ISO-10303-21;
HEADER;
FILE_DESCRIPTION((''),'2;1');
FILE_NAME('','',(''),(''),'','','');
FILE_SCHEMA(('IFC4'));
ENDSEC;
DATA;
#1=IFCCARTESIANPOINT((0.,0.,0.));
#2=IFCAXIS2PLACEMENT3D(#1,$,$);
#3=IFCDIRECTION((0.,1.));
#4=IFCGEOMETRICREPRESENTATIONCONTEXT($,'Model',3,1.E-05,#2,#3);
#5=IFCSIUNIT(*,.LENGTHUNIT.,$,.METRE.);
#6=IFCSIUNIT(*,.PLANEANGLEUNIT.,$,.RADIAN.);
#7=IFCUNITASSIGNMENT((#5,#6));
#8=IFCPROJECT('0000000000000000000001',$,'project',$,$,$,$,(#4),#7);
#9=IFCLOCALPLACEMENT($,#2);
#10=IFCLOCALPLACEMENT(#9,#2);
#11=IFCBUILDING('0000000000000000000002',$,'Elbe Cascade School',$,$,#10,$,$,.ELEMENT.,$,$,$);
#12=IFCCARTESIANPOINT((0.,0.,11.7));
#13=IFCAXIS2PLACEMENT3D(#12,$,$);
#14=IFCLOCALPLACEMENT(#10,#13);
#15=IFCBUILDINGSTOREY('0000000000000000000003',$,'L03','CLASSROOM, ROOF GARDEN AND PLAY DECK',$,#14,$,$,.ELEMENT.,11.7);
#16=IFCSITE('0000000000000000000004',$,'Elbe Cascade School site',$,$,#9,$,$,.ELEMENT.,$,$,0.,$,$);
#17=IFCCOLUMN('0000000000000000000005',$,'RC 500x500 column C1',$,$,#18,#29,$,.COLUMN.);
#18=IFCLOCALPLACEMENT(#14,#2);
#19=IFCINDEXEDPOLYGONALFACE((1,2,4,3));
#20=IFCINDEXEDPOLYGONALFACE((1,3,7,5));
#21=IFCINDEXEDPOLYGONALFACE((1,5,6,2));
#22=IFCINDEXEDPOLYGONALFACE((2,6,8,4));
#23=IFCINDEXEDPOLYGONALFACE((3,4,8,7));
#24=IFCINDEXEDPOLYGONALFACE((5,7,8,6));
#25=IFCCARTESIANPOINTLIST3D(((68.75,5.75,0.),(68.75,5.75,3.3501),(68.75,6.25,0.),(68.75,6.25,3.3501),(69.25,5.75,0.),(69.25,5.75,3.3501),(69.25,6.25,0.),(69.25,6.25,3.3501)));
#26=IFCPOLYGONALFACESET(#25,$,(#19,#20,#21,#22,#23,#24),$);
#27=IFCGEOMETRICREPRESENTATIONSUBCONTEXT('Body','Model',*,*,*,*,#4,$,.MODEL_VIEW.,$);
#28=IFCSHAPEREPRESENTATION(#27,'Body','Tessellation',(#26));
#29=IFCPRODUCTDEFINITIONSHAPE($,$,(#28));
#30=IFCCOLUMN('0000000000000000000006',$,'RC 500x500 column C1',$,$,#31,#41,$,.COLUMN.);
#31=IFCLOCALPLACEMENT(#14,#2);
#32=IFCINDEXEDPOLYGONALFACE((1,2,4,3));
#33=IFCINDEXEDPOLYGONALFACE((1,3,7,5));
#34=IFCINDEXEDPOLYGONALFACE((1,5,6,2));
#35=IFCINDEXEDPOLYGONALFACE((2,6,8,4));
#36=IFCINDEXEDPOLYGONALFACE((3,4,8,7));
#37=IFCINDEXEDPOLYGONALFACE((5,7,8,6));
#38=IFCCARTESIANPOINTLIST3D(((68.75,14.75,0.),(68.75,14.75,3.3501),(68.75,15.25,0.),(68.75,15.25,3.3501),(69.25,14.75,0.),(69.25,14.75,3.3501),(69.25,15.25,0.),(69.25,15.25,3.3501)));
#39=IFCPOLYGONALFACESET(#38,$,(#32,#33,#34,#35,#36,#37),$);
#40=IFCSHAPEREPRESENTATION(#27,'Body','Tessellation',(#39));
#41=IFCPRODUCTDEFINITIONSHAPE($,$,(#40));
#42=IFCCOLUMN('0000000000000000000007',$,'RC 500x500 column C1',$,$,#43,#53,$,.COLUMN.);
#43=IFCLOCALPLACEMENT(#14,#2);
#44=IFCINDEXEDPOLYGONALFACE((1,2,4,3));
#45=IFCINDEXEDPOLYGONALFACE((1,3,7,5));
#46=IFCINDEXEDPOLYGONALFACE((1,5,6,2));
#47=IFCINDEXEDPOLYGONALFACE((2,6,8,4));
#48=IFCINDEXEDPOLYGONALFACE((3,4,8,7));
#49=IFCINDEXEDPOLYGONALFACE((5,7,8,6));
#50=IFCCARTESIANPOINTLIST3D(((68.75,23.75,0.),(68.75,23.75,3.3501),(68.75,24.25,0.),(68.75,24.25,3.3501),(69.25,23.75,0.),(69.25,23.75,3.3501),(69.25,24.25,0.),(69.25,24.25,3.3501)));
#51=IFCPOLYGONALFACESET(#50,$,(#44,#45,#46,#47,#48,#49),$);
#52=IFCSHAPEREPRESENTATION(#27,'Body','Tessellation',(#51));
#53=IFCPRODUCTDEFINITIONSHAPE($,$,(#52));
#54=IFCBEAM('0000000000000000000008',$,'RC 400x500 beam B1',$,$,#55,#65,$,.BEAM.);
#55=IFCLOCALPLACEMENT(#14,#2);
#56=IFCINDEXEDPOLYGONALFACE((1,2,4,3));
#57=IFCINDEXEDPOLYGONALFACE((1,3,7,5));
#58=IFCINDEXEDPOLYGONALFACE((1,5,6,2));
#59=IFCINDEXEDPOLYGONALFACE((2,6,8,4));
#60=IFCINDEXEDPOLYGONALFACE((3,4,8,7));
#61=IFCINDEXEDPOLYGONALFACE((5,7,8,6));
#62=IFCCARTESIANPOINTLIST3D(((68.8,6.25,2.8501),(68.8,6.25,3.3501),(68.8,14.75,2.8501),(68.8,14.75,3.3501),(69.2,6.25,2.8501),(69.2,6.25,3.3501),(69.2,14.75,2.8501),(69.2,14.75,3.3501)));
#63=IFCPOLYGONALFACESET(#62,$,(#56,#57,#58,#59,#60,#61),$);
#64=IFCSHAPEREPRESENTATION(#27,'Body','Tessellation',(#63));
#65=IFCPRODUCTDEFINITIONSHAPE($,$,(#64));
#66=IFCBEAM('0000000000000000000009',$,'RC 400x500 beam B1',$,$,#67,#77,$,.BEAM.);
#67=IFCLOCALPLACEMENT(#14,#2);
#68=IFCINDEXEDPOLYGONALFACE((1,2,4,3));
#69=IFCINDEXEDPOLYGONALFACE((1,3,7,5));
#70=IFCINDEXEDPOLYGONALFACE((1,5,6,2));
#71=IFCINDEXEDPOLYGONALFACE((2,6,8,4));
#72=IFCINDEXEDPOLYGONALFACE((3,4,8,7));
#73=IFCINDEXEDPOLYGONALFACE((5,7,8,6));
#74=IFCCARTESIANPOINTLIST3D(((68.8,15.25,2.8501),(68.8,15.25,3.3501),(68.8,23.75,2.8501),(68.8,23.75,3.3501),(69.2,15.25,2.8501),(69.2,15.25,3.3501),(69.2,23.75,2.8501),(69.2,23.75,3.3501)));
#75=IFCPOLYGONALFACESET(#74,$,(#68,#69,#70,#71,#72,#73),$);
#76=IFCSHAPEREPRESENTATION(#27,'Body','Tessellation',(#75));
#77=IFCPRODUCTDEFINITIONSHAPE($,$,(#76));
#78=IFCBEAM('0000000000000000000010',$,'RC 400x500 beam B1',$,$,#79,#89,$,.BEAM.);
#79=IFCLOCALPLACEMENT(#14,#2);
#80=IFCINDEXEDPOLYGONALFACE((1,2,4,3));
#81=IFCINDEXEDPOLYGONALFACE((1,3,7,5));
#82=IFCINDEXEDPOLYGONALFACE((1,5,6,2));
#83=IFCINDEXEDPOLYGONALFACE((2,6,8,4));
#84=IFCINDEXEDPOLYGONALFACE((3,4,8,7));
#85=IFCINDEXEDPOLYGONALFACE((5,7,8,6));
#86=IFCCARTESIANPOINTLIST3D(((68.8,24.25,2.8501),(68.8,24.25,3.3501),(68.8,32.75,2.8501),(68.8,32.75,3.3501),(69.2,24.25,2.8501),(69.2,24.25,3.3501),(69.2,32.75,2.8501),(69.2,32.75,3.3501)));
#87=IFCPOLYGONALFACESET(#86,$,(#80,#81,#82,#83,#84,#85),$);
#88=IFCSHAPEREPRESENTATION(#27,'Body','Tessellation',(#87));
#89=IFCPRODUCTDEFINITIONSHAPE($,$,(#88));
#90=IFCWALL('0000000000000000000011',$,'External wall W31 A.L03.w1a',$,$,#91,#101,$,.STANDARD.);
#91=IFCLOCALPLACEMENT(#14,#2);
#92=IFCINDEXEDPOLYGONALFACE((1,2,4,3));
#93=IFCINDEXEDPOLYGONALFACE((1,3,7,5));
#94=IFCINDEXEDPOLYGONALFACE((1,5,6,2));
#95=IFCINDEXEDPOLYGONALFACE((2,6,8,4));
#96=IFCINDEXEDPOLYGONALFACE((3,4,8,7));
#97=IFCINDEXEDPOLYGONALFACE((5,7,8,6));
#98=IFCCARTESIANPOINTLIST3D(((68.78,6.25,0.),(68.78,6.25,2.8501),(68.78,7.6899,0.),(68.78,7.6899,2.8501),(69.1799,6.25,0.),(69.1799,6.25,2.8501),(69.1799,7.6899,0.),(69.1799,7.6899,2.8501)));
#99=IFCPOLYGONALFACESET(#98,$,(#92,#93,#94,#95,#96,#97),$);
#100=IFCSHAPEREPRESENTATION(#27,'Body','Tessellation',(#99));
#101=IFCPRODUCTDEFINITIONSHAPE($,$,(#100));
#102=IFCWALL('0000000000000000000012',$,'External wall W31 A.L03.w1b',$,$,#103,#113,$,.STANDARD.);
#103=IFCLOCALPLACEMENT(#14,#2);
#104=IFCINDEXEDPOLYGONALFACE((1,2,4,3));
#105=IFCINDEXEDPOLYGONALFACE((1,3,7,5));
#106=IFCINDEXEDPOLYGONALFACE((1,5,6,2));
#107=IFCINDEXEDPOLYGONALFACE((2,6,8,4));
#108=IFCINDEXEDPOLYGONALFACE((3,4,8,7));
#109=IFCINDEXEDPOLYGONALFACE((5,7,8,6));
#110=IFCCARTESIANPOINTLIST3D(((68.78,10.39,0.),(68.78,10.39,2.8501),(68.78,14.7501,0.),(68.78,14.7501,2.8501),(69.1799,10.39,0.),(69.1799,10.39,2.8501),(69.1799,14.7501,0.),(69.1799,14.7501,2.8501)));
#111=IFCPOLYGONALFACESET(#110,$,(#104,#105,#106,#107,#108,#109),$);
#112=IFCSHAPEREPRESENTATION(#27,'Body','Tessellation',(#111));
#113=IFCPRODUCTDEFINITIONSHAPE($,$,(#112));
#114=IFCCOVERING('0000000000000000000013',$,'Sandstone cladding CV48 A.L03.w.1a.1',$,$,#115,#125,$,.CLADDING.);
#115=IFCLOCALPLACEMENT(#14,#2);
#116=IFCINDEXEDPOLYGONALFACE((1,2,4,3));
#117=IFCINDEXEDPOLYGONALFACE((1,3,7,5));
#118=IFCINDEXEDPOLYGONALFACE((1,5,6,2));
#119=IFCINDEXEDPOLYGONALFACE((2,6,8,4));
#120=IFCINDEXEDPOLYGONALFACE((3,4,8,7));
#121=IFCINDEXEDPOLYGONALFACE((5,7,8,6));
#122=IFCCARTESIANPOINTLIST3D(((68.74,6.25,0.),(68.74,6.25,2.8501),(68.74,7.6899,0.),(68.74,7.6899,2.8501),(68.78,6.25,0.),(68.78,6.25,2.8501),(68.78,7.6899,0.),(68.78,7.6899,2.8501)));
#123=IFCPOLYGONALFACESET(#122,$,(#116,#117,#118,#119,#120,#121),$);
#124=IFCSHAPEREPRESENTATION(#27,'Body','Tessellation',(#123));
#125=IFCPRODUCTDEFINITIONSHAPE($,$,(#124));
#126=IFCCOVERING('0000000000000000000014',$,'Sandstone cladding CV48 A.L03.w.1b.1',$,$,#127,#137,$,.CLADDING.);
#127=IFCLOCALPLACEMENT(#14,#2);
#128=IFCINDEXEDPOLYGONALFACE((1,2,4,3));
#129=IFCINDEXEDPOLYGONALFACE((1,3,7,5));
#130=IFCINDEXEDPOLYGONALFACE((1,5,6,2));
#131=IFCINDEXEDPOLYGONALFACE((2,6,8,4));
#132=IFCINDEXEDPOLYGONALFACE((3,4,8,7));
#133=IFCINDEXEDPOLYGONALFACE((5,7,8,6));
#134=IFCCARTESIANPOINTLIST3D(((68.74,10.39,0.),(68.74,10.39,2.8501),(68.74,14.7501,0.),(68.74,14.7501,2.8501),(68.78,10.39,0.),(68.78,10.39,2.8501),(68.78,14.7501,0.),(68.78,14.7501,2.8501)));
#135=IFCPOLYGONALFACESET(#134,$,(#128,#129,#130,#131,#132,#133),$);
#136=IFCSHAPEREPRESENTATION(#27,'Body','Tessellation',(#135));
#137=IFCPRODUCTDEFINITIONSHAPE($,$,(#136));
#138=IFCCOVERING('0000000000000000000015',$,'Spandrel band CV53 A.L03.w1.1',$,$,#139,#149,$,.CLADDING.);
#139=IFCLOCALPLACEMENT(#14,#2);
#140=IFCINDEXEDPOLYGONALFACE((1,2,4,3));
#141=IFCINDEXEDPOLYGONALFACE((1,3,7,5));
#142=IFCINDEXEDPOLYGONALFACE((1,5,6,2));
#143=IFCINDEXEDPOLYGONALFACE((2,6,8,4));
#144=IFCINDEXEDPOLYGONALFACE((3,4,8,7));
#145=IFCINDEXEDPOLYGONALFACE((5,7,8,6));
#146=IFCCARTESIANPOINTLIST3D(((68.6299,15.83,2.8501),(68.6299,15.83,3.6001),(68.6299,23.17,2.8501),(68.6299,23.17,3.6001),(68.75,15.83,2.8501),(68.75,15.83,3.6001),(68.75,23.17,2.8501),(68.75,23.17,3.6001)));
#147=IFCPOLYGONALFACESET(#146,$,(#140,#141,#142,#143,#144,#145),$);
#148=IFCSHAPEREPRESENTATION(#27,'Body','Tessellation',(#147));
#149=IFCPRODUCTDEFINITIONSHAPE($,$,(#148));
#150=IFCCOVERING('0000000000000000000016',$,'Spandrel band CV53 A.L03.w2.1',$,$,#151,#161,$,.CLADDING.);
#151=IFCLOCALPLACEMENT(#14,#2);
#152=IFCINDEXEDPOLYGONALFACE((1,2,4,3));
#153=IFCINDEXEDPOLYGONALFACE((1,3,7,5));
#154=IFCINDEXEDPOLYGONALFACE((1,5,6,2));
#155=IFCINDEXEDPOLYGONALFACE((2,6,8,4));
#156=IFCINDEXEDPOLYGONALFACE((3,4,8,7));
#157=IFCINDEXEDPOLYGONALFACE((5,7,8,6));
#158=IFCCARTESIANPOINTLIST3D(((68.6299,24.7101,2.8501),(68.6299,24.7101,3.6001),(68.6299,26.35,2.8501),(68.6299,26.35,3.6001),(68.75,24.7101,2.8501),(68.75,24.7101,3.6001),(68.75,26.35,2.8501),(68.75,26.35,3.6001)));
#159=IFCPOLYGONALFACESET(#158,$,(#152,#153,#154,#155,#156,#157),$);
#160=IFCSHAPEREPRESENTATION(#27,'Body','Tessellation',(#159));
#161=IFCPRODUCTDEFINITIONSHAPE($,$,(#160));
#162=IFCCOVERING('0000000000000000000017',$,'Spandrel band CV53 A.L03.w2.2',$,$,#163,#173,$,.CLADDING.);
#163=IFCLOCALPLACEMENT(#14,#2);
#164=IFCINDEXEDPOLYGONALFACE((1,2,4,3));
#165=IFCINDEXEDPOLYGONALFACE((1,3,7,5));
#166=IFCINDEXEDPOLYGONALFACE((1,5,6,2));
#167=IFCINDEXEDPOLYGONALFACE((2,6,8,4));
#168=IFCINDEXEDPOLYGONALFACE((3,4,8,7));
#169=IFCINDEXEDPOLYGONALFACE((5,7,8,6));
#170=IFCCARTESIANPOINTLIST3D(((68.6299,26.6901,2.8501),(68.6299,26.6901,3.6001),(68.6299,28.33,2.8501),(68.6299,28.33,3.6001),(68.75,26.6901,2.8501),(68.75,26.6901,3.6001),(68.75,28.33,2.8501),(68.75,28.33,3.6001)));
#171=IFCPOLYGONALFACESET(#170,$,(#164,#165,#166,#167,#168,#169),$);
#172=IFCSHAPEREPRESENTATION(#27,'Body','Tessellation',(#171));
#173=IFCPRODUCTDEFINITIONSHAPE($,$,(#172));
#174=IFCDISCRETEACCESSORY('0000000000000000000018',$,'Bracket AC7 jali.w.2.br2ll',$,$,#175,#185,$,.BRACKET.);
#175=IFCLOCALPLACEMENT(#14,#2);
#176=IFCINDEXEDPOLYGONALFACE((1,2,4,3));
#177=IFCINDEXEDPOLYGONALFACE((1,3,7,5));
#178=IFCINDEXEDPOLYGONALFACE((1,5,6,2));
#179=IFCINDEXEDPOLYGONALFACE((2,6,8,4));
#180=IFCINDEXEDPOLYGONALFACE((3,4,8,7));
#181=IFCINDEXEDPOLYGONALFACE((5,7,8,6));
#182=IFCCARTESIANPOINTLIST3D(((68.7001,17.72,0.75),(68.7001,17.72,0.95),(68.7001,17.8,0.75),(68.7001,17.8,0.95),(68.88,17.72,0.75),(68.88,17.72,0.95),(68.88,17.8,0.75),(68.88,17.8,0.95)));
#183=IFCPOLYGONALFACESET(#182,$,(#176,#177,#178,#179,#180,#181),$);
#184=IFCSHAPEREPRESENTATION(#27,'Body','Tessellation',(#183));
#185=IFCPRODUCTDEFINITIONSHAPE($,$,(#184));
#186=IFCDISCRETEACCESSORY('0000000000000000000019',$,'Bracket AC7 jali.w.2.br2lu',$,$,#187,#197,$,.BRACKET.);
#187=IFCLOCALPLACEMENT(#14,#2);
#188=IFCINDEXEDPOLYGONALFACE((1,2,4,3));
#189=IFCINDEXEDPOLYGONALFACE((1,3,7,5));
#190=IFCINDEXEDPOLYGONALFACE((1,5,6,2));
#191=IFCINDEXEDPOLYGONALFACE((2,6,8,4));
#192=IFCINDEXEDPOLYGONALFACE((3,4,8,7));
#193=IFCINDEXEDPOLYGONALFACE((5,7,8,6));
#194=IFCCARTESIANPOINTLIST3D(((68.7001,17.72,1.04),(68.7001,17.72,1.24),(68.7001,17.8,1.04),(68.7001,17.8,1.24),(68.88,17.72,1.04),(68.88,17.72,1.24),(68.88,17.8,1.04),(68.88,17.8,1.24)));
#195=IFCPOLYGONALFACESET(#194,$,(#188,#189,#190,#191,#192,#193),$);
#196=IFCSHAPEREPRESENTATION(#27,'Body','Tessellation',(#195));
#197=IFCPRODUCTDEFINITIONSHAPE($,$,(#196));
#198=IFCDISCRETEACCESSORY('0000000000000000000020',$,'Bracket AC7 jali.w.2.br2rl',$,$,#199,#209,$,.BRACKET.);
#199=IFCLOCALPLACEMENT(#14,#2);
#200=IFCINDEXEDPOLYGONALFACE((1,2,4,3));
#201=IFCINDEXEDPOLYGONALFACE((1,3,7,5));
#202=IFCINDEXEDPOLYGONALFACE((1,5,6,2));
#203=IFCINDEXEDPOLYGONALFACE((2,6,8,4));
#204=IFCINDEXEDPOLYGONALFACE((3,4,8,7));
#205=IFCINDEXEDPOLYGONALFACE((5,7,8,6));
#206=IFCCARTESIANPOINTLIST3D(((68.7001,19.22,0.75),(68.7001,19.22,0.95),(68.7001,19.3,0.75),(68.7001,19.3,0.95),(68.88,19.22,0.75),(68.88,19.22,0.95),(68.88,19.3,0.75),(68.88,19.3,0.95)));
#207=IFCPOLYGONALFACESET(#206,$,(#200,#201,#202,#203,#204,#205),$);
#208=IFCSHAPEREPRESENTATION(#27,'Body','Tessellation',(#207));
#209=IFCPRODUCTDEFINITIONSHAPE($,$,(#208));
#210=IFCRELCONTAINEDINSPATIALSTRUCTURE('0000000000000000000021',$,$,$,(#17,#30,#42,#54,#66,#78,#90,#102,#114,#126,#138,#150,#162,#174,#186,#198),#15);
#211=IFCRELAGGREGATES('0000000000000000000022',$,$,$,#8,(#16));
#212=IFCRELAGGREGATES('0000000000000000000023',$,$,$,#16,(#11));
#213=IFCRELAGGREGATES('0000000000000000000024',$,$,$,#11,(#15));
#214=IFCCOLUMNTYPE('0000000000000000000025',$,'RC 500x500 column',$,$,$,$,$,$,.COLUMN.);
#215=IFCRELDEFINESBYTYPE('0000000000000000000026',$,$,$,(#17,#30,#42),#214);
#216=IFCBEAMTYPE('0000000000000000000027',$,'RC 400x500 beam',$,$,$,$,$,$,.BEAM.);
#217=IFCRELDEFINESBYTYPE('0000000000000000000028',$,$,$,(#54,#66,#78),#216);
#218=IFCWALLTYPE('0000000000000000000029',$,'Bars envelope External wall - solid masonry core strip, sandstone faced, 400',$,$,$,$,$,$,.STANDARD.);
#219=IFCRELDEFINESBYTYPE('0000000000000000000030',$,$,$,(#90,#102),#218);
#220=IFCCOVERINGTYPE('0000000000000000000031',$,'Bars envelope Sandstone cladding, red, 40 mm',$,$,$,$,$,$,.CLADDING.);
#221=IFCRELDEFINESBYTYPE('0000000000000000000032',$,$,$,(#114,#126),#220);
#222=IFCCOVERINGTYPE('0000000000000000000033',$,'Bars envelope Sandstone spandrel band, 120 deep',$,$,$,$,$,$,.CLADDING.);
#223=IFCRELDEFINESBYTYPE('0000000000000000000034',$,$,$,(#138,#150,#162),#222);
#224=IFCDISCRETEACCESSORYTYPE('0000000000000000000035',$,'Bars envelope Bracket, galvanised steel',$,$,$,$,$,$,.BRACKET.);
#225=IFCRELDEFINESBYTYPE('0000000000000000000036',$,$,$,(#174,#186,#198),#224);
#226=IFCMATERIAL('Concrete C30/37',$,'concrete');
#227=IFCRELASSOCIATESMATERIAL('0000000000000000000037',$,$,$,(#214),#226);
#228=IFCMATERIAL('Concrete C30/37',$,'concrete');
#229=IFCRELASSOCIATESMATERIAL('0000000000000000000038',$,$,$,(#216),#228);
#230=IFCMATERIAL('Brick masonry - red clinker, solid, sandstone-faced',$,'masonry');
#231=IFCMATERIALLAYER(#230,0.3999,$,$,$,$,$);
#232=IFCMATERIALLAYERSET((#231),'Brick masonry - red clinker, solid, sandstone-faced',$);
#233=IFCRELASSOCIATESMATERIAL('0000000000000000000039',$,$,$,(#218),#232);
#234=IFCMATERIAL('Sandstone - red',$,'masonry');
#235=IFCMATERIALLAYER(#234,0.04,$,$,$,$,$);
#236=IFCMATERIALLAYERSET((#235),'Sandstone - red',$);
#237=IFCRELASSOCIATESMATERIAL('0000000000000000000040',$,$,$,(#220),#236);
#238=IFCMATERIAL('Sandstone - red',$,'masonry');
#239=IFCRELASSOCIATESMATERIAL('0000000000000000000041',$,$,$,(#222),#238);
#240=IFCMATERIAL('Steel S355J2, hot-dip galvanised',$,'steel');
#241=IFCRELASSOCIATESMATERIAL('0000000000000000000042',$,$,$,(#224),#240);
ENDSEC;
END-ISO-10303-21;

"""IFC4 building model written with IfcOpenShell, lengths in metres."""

from ifc_helpers import new_model, si_unit, direction, frame, frame_2d, origin, origin_2d, place, context, subcontext, project, spatial, rectangle, extrude, material, layer, layer_set, material_profile, profile_set, type_object, element, save


model = new_model("IFC4")

# Units and contexts
model_context = context("Model", 3, precision=1e-05, world=origin(), true_north=direction((0.0, 1.0)))
body_context = subcontext(model_context, "Body", "Model", "MODEL_VIEW")
ifc_project = project(units=[si_unit("LENGTHUNIT", "METRE"), si_unit("PLANEANGLEUNIT", "RADIAN")], contexts=[model_context])

# Site, building, storey
site_placement = place(None, origin())
site = spatial("IfcSite", under=ifc_project, at=site_placement, Name="Elbe Cascade School site", CompositionType="ELEMENT", RefElevation=0.0)
building_placement = place(site_placement, origin())
building = spatial("IfcBuilding", under=site, at=building_placement, Name="Elbe Cascade School", CompositionType="ELEMENT")
storey_placement = place(building_placement, frame((0.0, 0.0, 11.7)))
storey = spatial("IfcBuildingStorey", under=building, at=storey_placement, Name="L03", Description="CLASSROOM, ROOF GARDEN AND PLAY DECK", CompositionType="ELEMENT", Elevation=11.7)

# Columns
ifc_material_1 = material(Name="Concrete C30/37", Category="concrete")
ifc_material_profile_1 = material_profile(ifc_material_1, rectangle(XDim=0.5, YDim=0.5, at=origin_2d()), Name="RC 500x500")
ifc_profile_set_1 = profile_set([ifc_material_profile_1], Name="Concrete C30/37")
column_type = type_object("IfcColumnType", Name="RC 500x500 column", PredefinedType="COLUMN", material=ifc_profile_set_1)
for number, where, z_axis, x_axis, name in (
    (1, (69.0, 6.0, 0.0), (0.0, 0.0, 1.0), (1.0, 0.0, 0.0), "RC 500x500 column C1"),
    (2, (69.0, 15.0, 0.0), (0.0, 0.0, 1.0), (1.0, 0.0, 0.0), "RC 500x500 column C1"),
    (3, (69.0, 24.0, 0.0), (0.0, 0.0, 1.0), (1.0, 0.0, 0.0), "RC 500x500 column C1"),
):
    element("IfcColumn", number, at=place(storey_placement, frame(where, z_axis=z_axis, x_axis=x_axis)), inside=storey, type_object=column_type, Name=name, PredefinedType="COLUMN", context=body_context, shape_type="SweptSolid", body=[
        extrude(rectangle(XDim=0.5, YDim=0.5, at=origin_2d()), origin(), (0.0, 0.0, 1.0), 3.3501),
    ])

# Beams
ifc_material_2 = material(Name="Concrete C30/37", Category="concrete")
ifc_material_profile_2 = material_profile(ifc_material_2, rectangle(XDim=0.3999, YDim=0.5, at=origin_2d()), Name="RC 400x500")
ifc_profile_set_2 = profile_set([ifc_material_profile_2], Name="Concrete C30/37")
beam_type = type_object("IfcBeamType", Name="RC 400x500 beam", PredefinedType="BEAM", material=ifc_profile_set_2)
for number, where, z_axis, x_axis, name in (
    (4, (69.0, 6.25, 3.1001), (0.0, 1.0, 0.0), (-1.0, 0.0, 0.0), "RC 400x500 beam B1"),
    (5, (69.0, 15.25, 3.1001), (0.0, 1.0, 0.0), (-1.0, 0.0, 0.0), "RC 400x500 beam B1"),
    (6, (69.0, 24.25, 3.1001), (0.0, 1.0, 0.0), (-1.0, 0.0, 0.0), "RC 400x500 beam B1"),
):
    element("IfcBeam", number, at=place(storey_placement, frame(where, z_axis=z_axis, x_axis=x_axis)), inside=storey, type_object=beam_type, Name=name, PredefinedType="BEAM", context=body_context, shape_type="SweptSolid", body=[
        extrude(rectangle(XDim=0.3999, YDim=0.5, at=origin_2d()), origin(), (0.0, 0.0, 1.0), 8.5),
    ])

# Walls
ifc_material_3 = material(Name="Brick masonry - red clinker, solid, sandstone-faced", Category="masonry")
ifc_layer_1 = layer(ifc_material_3, 0.3999)
ifc_layer_set_1 = layer_set([ifc_layer_1], Name="Brick masonry - red clinker, solid, sandstone-faced")
wall_type = type_object("IfcWallType", Name="Bars envelope External wall - solid masonry core strip, sandstone faced, 400", PredefinedType="STANDARD", material=ifc_layer_set_1)
wall_1_placement = place(storey_placement, frame((68.98, 6.25, 0.0), z_axis=(0.0, 0.0, 1.0), x_axis=(0.0, 1.0, 0.0)))
element("IfcWall", 7, at=wall_1_placement, inside=storey, type_object=wall_type, Name="External wall W31 A.L03.w1a", PredefinedType="STANDARD", context=body_context, shape_type="SweptSolid", body=[
    extrude(rectangle(XDim=1.4399, YDim=0.3999, at=frame_2d((0.72, 0.0))), origin(), (0.0, 0.0, 1.0), 2.8501),
])
wall_2_placement = place(storey_placement, frame((68.98, 10.3899, 0.0), z_axis=(0.0, 0.0, 1.0), x_axis=(0.0, 1.0, 0.0)))
element("IfcWall", 8, at=wall_2_placement, inside=storey, type_object=wall_type, Name="External wall W31 A.L03.w1b", PredefinedType="STANDARD", context=body_context, shape_type="SweptSolid", body=[
    extrude(rectangle(XDim=4.3601, YDim=0.3999, at=frame_2d((2.1802, 0.0))), origin(), (0.0, 0.0, 1.0), 2.8501),
])

# Coverings
ifc_material_4 = material(Name="Sandstone - red", Category="masonry")
ifc_layer_2 = layer(ifc_material_4, 0.04)
ifc_layer_set_2 = layer_set([ifc_layer_2], Name="Sandstone - red")
covering_type_1 = type_object("IfcCoveringType", Name="Bars envelope Sandstone cladding, red, 40 mm", PredefinedType="CLADDING", material=ifc_layer_set_2)
covering_1_placement = place(storey_placement, frame((68.76, 6.97, 0.0), z_axis=(0.0, 0.0, 1.0), x_axis=(0.0, 1.0, 0.0)))
element("IfcCovering", 9, at=covering_1_placement, inside=storey, type_object=covering_type_1, Name="Sandstone cladding CV48 A.L03.w.1a.1", PredefinedType="CLADDING", context=body_context, shape_type="SweptSolid", body=[
    extrude(rectangle(XDim=1.4399, YDim=0.04, at=origin_2d()), origin(), (0.0, 0.0, 1.0), 2.8501),
])
covering_2_placement = place(storey_placement, frame((68.76, 12.5701, 0.0), z_axis=(0.0, 0.0, 1.0), x_axis=(0.0, 1.0, 0.0)))
element("IfcCovering", 10, at=covering_2_placement, inside=storey, type_object=covering_type_1, Name="Sandstone cladding CV48 A.L03.w.1b.1", PredefinedType="CLADDING", context=body_context, shape_type="SweptSolid", body=[
    extrude(rectangle(XDim=4.3601, YDim=0.04, at=origin_2d()), origin(), (0.0, 0.0, 1.0), 2.8501),
])
ifc_material_5 = material(Name="Sandstone - red", Category="masonry")
covering_type_2 = type_object("IfcCoveringType", Name="Bars envelope Sandstone spandrel band, 120 deep", PredefinedType="CLADDING", material=ifc_material_5)
covering_3_placement = place(storey_placement, frame((68.6899, 19.5, 2.8501), z_axis=(0.0, 0.0, 1.0), x_axis=(0.0, 1.0, 0.0)))
element("IfcCovering", 11, at=covering_3_placement, inside=storey, type_object=covering_type_2, Name="Spandrel band CV53 A.L03.w1.1", PredefinedType="CLADDING", context=body_context, shape_type="SweptSolid", body=[
    extrude(rectangle(XDim=7.3401, YDim=0.1201, at=origin_2d()), origin(), (0.0, 0.0, 1.0), 0.75),
])
for number, where, z_axis, x_axis, name in (
    (12, (68.6899, 25.53, 2.8501), (0.0, 0.0, 1.0), (0.0, 1.0, 0.0), "Spandrel band CV53 A.L03.w2.1"),
    (13, (68.6899, 27.51, 2.8501), (0.0, 0.0, 1.0), (0.0, 1.0, 0.0), "Spandrel band CV53 A.L03.w2.2"),
):
    element("IfcCovering", number, at=place(storey_placement, frame(where, z_axis=z_axis, x_axis=x_axis)), inside=storey, type_object=covering_type_2, Name=name, PredefinedType="CLADDING", context=body_context, shape_type="SweptSolid", body=[
        extrude(rectangle(XDim=1.6399, YDim=0.1201, at=origin_2d()), origin(), (0.0, 0.0, 1.0), 0.75),
    ])

# Discrete accessories
ifc_material_6 = material(Name="Steel S355J2, hot-dip galvanised", Category="steel")
discrete_accessory_type = type_object("IfcDiscreteAccessoryType", Name="Bars envelope Bracket, galvanised steel", PredefinedType="BRACKET", material=ifc_material_6)
for number, where, z_axis, x_axis, name in (
    (14, (68.79, 17.76, 0.75), (0.0, 0.0, 1.0), (0.0, 1.0, 0.0), "Bracket AC7 jali.w.2.br2ll"),
    (15, (68.79, 17.76, 1.04), (0.0, 0.0, 1.0), (0.0, 1.0, 0.0), "Bracket AC7 jali.w.2.br2lu"),
    (16, (68.79, 19.26, 0.75), (0.0, 0.0, 1.0), (0.0, 1.0, 0.0), "Bracket AC7 jali.w.2.br2rl"),
):
    element("IfcDiscreteAccessory", number, at=place(storey_placement, frame(where, z_axis=z_axis, x_axis=x_axis)), inside=storey, type_object=discrete_accessory_type, Name=name, PredefinedType="BRACKET", context=body_context, shape_type="SweptSolid", body=[
        extrude(rectangle(XDim=0.0801, YDim=0.1799, at=origin_2d()), origin(), (0.0, 0.0, 1.0), 0.2),
    ])

save(model, "model.ifc")
